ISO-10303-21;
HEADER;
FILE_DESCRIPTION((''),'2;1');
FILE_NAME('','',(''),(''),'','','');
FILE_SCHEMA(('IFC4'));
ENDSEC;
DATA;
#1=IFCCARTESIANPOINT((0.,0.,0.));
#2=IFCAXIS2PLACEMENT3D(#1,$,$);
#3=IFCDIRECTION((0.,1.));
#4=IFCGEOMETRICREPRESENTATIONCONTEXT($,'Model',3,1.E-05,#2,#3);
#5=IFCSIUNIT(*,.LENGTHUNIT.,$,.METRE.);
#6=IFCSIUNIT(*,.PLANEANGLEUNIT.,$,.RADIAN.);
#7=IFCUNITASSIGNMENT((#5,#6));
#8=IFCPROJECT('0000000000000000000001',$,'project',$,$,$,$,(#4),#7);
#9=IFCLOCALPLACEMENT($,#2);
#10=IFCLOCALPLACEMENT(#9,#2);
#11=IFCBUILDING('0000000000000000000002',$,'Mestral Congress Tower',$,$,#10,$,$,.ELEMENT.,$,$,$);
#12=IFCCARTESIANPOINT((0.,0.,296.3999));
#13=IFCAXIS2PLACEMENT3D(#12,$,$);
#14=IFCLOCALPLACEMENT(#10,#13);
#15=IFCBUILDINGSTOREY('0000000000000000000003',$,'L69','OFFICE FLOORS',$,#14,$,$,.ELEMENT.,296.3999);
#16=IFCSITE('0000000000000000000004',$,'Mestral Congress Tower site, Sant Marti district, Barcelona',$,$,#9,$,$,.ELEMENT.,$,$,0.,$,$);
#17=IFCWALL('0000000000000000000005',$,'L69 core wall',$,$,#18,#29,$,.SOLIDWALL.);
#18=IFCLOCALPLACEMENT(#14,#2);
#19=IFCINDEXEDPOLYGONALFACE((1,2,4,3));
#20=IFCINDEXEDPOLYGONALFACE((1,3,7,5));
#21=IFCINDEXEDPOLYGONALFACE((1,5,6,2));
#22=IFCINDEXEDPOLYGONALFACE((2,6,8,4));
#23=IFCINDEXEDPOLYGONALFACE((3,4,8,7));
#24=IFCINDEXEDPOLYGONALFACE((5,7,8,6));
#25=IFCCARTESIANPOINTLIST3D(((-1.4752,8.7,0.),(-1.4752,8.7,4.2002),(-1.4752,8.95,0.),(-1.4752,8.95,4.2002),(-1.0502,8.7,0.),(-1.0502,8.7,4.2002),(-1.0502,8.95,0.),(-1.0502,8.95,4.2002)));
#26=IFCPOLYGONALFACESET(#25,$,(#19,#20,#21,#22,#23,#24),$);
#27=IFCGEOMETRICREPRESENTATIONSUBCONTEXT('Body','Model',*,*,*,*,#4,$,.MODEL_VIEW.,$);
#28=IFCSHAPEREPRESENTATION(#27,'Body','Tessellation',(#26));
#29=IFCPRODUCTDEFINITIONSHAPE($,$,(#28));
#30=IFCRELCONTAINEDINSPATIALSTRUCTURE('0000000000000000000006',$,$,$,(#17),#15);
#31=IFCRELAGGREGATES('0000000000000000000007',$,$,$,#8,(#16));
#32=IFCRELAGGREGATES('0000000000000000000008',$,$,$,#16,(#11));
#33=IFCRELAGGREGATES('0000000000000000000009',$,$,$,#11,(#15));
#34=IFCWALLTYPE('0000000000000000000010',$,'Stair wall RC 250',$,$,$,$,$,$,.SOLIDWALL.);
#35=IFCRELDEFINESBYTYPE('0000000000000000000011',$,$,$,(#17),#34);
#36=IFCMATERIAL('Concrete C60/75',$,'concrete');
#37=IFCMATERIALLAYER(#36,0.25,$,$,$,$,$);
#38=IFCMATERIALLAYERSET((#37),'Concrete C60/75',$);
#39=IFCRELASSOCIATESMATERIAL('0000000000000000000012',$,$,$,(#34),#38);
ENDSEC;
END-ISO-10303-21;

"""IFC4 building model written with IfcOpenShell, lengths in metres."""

from ifc_helpers import new_model, si_unit, direction, frame, frame_2d, origin, place, context, subcontext, project, spatial, rectangle, extrude, material, layer, layer_set, type_object, element, save


model = new_model("IFC4")

# Units and contexts
model_context = context("Model", 3, precision=1e-05, world=origin(), true_north=direction((0.0, 1.0)))
body_context = subcontext(model_context, "Body", "Model", "MODEL_VIEW")
ifc_project = project(units=[si_unit("LENGTHUNIT", "METRE"), si_unit("PLANEANGLEUNIT", "RADIAN")], contexts=[model_context])

# Site, building, storey
site_placement = place(None, origin())
site = spatial("IfcSite", under=ifc_project, at=site_placement, Name="Mestral Congress Tower site, Sant Marti district, Barcelona", CompositionType="ELEMENT", RefElevation=0.0)
building_placement = place(site_placement, origin())
building = spatial("IfcBuilding", under=site, at=building_placement, Name="Mestral Congress Tower", CompositionType="ELEMENT")
storey_placement = place(building_placement, frame((0.0, 0.0, 296.3999)))
storey = spatial("IfcBuildingStorey", under=building, at=storey_placement, Name="L69", Description="OFFICE FLOORS", CompositionType="ELEMENT", Elevation=296.3999)

# Shared definitions
ifc_material_1 = material(Name="Concrete C60/75", Category="concrete")

# Wall
ifc_layer_1 = layer(ifc_material_1, 0.25)
ifc_layer_set_1 = layer_set([ifc_layer_1], Name="Concrete C60/75")
wall_type_1 = type_object("IfcWallType", Name="Stair wall RC 250", PredefinedType="SOLIDWALL", material=ifc_layer_set_1)
wall_1_placement = place(storey_placement, frame((-1.4751, 8.825, 0.0), z_axis=(0.0, 0.0, 1.0), x_axis=(1.0, 0.0, 0.0)))
element("IfcWall", 1, at=wall_1_placement, inside=storey, type_object=wall_type_1, Name="L69 core wall", PredefinedType="SOLIDWALL", context=body_context, shape_type="SweptSolid", body=[
    extrude(rectangle(XDim=0.425, YDim=0.25, at=frame_2d((0.2124, 0.0))), origin(), (0.0, 0.0, 1.0), 4.2002),
])

save(model, "model.ifc")
